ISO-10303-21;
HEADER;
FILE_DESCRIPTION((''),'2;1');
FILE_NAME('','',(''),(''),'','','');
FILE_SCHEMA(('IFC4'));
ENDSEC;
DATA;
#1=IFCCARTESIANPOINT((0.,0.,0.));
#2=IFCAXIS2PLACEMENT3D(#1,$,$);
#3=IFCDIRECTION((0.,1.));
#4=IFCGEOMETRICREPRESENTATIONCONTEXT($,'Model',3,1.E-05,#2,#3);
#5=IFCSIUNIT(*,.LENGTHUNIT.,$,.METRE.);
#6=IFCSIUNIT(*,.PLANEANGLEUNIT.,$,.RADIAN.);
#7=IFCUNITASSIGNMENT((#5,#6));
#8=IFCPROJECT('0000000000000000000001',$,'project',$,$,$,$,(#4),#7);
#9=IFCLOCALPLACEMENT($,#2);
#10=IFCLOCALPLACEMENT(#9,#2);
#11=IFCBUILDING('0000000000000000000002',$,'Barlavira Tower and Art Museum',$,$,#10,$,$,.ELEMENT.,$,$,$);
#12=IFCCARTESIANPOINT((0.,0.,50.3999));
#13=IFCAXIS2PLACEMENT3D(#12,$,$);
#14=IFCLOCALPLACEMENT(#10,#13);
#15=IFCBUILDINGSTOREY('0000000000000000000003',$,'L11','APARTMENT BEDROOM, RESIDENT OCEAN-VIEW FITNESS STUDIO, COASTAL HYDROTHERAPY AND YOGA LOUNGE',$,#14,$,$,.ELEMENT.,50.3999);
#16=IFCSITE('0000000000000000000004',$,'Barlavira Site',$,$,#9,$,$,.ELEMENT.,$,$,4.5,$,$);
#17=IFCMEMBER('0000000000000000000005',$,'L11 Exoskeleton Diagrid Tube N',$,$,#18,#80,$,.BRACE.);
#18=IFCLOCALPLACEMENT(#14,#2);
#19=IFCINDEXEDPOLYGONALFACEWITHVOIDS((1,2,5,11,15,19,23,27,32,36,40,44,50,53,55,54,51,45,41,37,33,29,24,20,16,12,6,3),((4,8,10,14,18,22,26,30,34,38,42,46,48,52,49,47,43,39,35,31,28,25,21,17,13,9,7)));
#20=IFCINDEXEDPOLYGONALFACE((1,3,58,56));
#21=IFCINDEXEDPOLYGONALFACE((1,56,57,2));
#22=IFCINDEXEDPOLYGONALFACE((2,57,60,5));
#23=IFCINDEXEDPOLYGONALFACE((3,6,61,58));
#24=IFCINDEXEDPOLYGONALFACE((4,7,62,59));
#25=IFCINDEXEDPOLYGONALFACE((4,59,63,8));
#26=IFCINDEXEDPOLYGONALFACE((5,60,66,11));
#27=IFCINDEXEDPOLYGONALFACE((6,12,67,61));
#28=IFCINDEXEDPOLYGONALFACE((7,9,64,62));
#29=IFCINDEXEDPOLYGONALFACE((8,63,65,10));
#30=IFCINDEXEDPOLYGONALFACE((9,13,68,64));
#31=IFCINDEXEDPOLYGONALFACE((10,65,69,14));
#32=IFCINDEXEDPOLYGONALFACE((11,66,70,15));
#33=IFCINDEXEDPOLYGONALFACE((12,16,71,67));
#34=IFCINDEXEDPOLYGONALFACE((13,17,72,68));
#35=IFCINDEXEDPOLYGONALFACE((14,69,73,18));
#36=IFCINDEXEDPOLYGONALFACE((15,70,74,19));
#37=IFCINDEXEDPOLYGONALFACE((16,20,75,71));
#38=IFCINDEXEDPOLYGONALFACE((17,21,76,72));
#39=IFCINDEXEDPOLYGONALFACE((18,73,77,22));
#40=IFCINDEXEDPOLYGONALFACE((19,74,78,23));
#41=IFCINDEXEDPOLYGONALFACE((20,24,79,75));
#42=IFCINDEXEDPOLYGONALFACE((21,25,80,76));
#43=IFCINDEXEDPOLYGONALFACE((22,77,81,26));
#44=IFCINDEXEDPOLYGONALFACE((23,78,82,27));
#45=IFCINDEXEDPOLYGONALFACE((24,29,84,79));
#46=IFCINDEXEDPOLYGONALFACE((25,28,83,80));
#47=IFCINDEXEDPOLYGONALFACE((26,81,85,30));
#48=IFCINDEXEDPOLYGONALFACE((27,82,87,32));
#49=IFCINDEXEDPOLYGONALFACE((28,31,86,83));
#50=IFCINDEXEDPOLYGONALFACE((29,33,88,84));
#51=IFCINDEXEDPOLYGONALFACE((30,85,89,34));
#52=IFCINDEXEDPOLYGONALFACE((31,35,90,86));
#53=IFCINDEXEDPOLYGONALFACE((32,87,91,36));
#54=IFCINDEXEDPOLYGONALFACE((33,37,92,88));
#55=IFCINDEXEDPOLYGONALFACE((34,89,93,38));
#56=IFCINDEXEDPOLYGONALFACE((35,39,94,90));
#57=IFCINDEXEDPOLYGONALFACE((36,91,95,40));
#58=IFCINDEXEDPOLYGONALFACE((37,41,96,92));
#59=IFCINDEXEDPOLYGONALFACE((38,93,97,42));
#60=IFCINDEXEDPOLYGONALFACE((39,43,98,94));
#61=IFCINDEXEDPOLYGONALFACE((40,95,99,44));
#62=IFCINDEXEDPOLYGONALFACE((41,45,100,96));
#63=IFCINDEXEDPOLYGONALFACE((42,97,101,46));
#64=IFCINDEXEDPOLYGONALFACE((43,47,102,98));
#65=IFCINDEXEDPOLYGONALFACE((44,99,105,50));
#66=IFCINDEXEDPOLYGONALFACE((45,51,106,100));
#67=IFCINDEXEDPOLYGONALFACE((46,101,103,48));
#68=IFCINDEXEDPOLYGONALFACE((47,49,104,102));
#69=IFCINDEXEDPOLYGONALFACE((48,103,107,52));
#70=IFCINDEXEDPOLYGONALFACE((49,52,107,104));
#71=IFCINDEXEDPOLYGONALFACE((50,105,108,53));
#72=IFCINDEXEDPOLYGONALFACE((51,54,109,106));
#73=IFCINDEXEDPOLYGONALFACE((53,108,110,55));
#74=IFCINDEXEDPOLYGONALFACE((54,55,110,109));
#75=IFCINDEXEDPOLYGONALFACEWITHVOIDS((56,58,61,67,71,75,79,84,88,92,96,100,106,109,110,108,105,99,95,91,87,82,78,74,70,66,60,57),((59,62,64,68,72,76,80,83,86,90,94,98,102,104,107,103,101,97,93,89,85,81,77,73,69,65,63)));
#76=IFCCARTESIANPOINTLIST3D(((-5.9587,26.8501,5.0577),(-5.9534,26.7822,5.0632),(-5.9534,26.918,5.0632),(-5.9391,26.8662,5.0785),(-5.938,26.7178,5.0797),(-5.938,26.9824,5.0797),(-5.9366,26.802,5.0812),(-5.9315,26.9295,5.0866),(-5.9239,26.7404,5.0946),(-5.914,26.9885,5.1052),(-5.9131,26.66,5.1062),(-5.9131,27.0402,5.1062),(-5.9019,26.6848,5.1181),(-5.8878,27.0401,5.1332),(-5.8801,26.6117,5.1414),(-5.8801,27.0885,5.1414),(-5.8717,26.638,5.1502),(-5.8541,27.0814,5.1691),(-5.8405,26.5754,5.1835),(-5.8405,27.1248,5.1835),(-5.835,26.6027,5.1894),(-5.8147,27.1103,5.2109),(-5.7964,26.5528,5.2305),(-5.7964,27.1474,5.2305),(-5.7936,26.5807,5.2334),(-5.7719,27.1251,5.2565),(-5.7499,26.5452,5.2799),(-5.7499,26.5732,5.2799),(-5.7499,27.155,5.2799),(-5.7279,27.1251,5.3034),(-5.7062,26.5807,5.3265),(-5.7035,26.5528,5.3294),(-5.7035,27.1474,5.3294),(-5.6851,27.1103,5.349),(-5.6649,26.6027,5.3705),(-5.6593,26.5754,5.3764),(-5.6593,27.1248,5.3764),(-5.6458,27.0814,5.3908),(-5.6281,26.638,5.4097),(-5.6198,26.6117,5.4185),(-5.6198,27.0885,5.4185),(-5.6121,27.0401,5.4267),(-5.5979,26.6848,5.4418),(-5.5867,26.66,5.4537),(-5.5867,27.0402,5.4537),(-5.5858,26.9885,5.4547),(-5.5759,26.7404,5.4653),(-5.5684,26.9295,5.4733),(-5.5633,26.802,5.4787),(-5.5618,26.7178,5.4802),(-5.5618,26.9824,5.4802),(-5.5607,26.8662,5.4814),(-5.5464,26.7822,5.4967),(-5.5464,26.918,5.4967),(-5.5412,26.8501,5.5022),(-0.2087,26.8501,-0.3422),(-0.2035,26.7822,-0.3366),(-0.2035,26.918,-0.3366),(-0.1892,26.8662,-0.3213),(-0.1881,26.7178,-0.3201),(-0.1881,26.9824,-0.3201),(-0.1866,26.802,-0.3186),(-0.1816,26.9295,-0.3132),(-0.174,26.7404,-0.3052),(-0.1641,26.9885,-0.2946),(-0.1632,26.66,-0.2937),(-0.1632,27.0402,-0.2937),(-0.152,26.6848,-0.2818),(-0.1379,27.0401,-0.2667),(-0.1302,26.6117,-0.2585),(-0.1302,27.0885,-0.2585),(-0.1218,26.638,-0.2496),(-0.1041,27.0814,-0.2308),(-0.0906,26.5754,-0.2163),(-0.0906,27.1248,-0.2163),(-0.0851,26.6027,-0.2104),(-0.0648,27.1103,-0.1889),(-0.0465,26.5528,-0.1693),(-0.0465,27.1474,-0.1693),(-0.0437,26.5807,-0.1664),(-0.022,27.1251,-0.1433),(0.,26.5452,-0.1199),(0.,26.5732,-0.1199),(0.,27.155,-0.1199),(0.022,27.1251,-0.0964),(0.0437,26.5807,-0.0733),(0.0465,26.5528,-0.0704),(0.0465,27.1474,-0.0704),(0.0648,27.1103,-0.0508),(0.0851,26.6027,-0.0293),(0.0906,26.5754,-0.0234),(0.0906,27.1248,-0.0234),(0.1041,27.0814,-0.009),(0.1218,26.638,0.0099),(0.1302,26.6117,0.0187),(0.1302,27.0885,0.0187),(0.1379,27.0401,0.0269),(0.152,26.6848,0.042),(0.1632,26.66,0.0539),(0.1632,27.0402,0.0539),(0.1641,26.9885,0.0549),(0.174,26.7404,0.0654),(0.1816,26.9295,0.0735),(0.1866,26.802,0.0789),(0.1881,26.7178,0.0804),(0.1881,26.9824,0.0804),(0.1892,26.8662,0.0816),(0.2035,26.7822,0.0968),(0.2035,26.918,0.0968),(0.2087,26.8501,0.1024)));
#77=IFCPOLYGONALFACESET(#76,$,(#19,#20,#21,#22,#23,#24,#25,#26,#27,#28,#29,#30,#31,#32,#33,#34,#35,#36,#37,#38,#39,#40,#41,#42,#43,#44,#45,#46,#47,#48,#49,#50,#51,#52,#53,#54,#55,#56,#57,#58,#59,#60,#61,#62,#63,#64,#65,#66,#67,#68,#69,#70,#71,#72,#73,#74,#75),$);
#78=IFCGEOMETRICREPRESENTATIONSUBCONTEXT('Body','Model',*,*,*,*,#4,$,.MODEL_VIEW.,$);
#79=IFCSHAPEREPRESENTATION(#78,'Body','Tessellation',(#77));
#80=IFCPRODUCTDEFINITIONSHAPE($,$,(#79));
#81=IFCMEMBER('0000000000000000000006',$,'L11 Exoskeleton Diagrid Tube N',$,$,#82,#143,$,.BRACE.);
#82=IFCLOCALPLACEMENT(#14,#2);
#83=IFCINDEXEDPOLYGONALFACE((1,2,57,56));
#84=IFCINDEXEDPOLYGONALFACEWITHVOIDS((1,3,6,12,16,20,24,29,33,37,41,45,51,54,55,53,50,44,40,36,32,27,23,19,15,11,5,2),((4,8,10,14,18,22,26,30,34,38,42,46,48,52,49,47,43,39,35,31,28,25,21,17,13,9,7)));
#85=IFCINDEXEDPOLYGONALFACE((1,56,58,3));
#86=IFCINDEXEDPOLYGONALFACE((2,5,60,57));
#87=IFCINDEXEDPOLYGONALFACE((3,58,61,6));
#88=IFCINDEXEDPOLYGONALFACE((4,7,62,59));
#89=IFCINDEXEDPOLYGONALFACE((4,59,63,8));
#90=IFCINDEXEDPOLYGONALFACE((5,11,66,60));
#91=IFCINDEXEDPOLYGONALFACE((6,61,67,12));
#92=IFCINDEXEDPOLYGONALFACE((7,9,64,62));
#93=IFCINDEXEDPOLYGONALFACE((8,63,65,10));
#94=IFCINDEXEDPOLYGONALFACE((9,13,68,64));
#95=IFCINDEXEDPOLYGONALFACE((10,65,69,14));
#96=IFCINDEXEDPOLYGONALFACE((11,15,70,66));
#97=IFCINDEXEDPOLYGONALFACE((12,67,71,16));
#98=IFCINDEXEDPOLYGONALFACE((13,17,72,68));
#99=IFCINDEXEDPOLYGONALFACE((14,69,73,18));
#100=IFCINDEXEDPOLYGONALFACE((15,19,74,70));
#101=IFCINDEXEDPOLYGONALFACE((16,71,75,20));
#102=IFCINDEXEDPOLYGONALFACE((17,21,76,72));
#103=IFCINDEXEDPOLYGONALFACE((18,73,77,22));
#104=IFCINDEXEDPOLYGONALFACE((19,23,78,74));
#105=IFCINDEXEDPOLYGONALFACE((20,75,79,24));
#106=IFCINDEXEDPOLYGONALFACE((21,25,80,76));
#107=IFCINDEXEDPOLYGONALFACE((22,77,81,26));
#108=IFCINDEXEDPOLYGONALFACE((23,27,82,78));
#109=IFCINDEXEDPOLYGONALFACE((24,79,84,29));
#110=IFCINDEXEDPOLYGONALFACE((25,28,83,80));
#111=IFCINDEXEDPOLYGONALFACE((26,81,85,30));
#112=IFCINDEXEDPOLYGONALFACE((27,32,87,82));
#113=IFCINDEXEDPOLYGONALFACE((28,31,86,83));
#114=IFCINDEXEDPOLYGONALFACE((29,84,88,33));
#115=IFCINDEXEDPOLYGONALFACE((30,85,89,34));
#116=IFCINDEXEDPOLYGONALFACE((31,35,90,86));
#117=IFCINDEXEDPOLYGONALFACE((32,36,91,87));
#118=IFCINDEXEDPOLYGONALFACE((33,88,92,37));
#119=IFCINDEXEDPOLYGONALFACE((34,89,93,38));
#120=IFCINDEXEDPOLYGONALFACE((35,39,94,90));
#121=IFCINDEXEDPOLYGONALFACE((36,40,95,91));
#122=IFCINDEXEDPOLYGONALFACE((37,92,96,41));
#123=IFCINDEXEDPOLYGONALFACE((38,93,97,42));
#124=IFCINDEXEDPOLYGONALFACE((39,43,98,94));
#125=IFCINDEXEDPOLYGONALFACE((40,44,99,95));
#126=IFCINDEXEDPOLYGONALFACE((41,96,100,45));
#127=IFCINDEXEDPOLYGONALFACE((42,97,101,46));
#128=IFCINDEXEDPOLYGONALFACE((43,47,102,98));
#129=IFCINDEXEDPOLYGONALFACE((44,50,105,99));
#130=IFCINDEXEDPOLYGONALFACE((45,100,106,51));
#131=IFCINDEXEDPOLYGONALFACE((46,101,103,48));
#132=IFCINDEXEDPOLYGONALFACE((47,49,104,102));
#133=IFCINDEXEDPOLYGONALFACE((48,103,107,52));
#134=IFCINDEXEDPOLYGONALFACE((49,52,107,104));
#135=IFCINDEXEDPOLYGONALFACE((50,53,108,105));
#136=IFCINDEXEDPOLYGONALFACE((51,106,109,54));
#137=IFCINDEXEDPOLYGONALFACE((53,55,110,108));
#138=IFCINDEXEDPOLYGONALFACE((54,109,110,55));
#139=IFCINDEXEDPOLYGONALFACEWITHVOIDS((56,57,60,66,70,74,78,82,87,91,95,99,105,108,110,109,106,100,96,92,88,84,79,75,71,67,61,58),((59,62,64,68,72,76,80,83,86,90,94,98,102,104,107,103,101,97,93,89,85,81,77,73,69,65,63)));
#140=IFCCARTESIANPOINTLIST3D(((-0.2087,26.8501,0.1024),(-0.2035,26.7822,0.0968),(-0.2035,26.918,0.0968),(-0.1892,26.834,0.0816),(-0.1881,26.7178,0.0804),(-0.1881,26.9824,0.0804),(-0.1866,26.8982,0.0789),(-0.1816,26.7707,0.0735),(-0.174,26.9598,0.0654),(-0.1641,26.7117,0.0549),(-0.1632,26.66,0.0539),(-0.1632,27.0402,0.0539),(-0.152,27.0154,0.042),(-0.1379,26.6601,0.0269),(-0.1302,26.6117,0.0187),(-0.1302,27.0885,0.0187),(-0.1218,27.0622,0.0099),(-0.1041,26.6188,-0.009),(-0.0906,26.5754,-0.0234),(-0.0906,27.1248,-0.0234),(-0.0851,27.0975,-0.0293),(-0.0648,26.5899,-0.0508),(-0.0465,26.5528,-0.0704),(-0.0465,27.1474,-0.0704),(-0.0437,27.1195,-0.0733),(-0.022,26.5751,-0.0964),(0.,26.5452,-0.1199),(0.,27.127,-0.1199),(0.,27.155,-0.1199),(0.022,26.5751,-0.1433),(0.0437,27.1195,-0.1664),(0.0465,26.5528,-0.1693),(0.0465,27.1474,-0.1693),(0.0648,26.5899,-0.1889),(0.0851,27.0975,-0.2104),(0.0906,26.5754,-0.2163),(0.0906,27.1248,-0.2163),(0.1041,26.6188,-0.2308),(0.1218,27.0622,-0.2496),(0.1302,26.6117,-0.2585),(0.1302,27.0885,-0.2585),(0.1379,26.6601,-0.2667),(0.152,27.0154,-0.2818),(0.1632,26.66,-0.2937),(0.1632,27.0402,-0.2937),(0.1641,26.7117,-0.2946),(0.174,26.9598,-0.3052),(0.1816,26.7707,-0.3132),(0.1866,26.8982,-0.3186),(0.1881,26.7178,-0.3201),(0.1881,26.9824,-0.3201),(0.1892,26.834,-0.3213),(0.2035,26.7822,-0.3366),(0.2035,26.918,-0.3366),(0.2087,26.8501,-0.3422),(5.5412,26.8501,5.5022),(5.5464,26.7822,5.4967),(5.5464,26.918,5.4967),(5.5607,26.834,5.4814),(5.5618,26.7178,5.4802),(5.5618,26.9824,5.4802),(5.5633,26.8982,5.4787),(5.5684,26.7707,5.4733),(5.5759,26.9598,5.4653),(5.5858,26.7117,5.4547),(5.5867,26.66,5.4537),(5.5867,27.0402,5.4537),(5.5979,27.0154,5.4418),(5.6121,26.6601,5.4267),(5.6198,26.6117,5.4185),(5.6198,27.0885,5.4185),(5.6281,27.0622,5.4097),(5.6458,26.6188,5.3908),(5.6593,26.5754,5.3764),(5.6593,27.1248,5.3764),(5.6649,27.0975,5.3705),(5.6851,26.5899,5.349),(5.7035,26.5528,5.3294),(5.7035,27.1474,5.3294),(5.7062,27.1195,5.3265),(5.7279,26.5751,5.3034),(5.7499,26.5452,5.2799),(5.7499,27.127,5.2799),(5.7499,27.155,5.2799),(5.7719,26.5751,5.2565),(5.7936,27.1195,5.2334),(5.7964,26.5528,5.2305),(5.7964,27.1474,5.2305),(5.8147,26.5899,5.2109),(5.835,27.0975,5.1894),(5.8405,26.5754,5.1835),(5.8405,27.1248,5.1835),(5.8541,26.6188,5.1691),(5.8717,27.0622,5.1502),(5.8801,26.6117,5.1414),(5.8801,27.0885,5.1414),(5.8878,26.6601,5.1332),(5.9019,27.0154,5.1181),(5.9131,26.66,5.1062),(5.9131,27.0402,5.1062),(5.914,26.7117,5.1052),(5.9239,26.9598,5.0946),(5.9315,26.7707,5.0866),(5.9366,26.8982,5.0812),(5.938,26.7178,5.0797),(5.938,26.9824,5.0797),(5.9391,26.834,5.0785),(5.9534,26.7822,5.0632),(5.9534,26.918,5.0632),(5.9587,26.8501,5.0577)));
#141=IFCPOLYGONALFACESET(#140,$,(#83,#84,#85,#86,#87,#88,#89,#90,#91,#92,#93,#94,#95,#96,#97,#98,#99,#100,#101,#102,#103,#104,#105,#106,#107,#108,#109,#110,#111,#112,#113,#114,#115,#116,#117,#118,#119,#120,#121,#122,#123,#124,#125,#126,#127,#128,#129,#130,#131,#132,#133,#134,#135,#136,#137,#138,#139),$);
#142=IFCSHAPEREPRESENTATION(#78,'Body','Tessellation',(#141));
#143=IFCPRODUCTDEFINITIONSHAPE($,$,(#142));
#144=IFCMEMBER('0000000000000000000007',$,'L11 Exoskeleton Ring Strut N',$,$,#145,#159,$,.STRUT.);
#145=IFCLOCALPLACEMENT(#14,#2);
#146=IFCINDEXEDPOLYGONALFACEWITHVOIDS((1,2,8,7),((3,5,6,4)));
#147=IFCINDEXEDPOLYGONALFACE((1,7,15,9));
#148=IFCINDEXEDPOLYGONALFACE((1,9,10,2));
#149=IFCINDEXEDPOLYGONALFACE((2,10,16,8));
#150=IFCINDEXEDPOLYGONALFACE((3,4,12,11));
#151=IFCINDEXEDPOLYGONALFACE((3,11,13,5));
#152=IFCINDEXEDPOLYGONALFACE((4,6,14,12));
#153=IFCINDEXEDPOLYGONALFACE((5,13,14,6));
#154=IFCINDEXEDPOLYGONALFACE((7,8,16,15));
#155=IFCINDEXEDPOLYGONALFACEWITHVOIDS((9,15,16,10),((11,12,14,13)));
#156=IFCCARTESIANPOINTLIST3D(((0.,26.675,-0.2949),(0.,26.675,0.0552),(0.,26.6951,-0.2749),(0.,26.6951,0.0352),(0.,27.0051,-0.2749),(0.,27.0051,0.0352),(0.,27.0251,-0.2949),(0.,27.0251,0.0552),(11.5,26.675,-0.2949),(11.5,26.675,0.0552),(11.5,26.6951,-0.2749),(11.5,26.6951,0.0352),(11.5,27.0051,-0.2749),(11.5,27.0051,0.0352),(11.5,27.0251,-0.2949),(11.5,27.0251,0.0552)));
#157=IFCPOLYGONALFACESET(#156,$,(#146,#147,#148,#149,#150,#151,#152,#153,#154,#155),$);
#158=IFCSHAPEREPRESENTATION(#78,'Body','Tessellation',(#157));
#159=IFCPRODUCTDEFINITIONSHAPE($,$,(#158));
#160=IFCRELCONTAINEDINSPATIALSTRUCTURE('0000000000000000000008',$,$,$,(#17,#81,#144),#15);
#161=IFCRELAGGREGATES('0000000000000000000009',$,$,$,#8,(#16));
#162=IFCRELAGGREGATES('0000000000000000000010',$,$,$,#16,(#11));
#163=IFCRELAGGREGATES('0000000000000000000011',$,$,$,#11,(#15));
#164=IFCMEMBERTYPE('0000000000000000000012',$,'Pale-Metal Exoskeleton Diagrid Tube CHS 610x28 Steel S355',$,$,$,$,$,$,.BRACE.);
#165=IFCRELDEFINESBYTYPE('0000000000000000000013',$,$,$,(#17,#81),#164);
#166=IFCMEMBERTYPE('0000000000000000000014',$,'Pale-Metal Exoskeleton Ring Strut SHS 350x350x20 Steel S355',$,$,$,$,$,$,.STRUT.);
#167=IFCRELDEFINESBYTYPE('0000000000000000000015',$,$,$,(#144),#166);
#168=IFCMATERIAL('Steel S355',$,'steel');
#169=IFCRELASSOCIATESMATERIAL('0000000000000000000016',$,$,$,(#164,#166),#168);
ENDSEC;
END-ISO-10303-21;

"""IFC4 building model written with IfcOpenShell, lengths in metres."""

from ifc_helpers import new_model, si_unit, direction, frame, origin, origin_2d, place, context, subcontext, project, spatial, hollow_rectangle, hollow_circle, extrude, material, material_profile, profile_set, type_object, element, save


model = new_model("IFC4")

# Units and contexts
model_context = context("Model", 3, precision=1e-05, world=origin(), true_north=direction((0.0, 1.0)))
body_context = subcontext(model_context, "Body", "Model", "MODEL_VIEW")
ifc_project = project(units=[si_unit("LENGTHUNIT", "METRE"), si_unit("PLANEANGLEUNIT", "RADIAN")], contexts=[model_context])

# Site, building, storey
site_placement = place(None, origin())
site = spatial("IfcSite", under=ifc_project, at=site_placement, Name="Barlavira Site", CompositionType="ELEMENT", RefElevation=4.5)
building_placement = place(site_placement, origin())
building = spatial("IfcBuilding", under=site, at=building_placement, Name="Barlavira Tower and Art Museum", CompositionType="ELEMENT")
storey_placement = place(building_placement, frame((0.0, 0.0, 50.3999)))
storey = spatial("IfcBuildingStorey", under=building, at=storey_placement, Name="L11", Description="APARTMENT BEDROOM, RESIDENT OCEAN-VIEW FITNESS STUDIO, COASTAL HYDROTHERAPY AND YOGA LOUNGE", CompositionType="ELEMENT", Elevation=50.3999)

# Members
ifc_material_1 = material(Name="Steel S355", Category="steel")
ifc_material_profile_1 = material_profile(ifc_material_1, hollow_circle(Radius=0.3049, WallThickness=0.0281, at=origin_2d()), Name="CHS 610.0x28.0")
ifc_profile_set_1 = profile_set([ifc_material_profile_1], Name="Steel S355")
member_type_1 = type_object("IfcMemberType", Name="Pale-Metal Exoskeleton Diagrid Tube CHS 610x28 Steel S355", PredefinedType="BRACE", material=ifc_profile_set_1)
for number, where, z_axis, x_axis, name in (
    (1, (0.0, 26.8501, -0.1199), (-0.72895, 0.0, 0.684567), (0.0, -1.0, 0.0), "L11 Exoskeleton Diagrid Tube N"),
    (2, (0.0, 26.8501, -0.1199), (0.72895, 0.0, 0.684567), (0.0, 1.0, 0.0), "L11 Exoskeleton Diagrid Tube N"),
):
    element("IfcMember", number, at=place(storey_placement, frame(where, z_axis=z_axis, x_axis=x_axis)), inside=storey, type_object=member_type_1, Name=name, PredefinedType="BRACE", context=body_context, shape_type="SweptSolid", body=[
        extrude(hollow_circle(Radius=0.3049, WallThickness=0.0281, at=origin_2d()), origin(), (0.0, 0.0, 1.0), 7.8879),
    ])
ifc_material_profile_2 = material_profile(ifc_material_1, hollow_rectangle(XDim=0.3501, YDim=0.3501, WallThickness=0.02, at=origin_2d()), Name="SHS 350x350x20.0")
ifc_profile_set_2 = profile_set([ifc_material_profile_2], Name="Steel S355")
member_type_2 = type_object("IfcMemberType", Name="Pale-Metal Exoskeleton Ring Strut SHS 350x350x20 Steel S355", PredefinedType="STRUT", material=ifc_profile_set_2)
member_1_placement = place(storey_placement, frame((0.0, 26.8501, -0.1199), z_axis=(1.0, 0.0, 0.0), x_axis=(0.0, 1.0, 0.0)))
element("IfcMember", 3, at=member_1_placement, inside=storey, type_object=member_type_2, Name="L11 Exoskeleton Ring Strut N", PredefinedType="STRUT", context=body_context, shape_type="SweptSolid", body=[
    extrude(hollow_rectangle(XDim=0.3501, YDim=0.3501, WallThickness=0.02, at=origin_2d()), origin(), (0.0, 0.0, 1.0), 11.5),
])

save(model, "model.ifc")
